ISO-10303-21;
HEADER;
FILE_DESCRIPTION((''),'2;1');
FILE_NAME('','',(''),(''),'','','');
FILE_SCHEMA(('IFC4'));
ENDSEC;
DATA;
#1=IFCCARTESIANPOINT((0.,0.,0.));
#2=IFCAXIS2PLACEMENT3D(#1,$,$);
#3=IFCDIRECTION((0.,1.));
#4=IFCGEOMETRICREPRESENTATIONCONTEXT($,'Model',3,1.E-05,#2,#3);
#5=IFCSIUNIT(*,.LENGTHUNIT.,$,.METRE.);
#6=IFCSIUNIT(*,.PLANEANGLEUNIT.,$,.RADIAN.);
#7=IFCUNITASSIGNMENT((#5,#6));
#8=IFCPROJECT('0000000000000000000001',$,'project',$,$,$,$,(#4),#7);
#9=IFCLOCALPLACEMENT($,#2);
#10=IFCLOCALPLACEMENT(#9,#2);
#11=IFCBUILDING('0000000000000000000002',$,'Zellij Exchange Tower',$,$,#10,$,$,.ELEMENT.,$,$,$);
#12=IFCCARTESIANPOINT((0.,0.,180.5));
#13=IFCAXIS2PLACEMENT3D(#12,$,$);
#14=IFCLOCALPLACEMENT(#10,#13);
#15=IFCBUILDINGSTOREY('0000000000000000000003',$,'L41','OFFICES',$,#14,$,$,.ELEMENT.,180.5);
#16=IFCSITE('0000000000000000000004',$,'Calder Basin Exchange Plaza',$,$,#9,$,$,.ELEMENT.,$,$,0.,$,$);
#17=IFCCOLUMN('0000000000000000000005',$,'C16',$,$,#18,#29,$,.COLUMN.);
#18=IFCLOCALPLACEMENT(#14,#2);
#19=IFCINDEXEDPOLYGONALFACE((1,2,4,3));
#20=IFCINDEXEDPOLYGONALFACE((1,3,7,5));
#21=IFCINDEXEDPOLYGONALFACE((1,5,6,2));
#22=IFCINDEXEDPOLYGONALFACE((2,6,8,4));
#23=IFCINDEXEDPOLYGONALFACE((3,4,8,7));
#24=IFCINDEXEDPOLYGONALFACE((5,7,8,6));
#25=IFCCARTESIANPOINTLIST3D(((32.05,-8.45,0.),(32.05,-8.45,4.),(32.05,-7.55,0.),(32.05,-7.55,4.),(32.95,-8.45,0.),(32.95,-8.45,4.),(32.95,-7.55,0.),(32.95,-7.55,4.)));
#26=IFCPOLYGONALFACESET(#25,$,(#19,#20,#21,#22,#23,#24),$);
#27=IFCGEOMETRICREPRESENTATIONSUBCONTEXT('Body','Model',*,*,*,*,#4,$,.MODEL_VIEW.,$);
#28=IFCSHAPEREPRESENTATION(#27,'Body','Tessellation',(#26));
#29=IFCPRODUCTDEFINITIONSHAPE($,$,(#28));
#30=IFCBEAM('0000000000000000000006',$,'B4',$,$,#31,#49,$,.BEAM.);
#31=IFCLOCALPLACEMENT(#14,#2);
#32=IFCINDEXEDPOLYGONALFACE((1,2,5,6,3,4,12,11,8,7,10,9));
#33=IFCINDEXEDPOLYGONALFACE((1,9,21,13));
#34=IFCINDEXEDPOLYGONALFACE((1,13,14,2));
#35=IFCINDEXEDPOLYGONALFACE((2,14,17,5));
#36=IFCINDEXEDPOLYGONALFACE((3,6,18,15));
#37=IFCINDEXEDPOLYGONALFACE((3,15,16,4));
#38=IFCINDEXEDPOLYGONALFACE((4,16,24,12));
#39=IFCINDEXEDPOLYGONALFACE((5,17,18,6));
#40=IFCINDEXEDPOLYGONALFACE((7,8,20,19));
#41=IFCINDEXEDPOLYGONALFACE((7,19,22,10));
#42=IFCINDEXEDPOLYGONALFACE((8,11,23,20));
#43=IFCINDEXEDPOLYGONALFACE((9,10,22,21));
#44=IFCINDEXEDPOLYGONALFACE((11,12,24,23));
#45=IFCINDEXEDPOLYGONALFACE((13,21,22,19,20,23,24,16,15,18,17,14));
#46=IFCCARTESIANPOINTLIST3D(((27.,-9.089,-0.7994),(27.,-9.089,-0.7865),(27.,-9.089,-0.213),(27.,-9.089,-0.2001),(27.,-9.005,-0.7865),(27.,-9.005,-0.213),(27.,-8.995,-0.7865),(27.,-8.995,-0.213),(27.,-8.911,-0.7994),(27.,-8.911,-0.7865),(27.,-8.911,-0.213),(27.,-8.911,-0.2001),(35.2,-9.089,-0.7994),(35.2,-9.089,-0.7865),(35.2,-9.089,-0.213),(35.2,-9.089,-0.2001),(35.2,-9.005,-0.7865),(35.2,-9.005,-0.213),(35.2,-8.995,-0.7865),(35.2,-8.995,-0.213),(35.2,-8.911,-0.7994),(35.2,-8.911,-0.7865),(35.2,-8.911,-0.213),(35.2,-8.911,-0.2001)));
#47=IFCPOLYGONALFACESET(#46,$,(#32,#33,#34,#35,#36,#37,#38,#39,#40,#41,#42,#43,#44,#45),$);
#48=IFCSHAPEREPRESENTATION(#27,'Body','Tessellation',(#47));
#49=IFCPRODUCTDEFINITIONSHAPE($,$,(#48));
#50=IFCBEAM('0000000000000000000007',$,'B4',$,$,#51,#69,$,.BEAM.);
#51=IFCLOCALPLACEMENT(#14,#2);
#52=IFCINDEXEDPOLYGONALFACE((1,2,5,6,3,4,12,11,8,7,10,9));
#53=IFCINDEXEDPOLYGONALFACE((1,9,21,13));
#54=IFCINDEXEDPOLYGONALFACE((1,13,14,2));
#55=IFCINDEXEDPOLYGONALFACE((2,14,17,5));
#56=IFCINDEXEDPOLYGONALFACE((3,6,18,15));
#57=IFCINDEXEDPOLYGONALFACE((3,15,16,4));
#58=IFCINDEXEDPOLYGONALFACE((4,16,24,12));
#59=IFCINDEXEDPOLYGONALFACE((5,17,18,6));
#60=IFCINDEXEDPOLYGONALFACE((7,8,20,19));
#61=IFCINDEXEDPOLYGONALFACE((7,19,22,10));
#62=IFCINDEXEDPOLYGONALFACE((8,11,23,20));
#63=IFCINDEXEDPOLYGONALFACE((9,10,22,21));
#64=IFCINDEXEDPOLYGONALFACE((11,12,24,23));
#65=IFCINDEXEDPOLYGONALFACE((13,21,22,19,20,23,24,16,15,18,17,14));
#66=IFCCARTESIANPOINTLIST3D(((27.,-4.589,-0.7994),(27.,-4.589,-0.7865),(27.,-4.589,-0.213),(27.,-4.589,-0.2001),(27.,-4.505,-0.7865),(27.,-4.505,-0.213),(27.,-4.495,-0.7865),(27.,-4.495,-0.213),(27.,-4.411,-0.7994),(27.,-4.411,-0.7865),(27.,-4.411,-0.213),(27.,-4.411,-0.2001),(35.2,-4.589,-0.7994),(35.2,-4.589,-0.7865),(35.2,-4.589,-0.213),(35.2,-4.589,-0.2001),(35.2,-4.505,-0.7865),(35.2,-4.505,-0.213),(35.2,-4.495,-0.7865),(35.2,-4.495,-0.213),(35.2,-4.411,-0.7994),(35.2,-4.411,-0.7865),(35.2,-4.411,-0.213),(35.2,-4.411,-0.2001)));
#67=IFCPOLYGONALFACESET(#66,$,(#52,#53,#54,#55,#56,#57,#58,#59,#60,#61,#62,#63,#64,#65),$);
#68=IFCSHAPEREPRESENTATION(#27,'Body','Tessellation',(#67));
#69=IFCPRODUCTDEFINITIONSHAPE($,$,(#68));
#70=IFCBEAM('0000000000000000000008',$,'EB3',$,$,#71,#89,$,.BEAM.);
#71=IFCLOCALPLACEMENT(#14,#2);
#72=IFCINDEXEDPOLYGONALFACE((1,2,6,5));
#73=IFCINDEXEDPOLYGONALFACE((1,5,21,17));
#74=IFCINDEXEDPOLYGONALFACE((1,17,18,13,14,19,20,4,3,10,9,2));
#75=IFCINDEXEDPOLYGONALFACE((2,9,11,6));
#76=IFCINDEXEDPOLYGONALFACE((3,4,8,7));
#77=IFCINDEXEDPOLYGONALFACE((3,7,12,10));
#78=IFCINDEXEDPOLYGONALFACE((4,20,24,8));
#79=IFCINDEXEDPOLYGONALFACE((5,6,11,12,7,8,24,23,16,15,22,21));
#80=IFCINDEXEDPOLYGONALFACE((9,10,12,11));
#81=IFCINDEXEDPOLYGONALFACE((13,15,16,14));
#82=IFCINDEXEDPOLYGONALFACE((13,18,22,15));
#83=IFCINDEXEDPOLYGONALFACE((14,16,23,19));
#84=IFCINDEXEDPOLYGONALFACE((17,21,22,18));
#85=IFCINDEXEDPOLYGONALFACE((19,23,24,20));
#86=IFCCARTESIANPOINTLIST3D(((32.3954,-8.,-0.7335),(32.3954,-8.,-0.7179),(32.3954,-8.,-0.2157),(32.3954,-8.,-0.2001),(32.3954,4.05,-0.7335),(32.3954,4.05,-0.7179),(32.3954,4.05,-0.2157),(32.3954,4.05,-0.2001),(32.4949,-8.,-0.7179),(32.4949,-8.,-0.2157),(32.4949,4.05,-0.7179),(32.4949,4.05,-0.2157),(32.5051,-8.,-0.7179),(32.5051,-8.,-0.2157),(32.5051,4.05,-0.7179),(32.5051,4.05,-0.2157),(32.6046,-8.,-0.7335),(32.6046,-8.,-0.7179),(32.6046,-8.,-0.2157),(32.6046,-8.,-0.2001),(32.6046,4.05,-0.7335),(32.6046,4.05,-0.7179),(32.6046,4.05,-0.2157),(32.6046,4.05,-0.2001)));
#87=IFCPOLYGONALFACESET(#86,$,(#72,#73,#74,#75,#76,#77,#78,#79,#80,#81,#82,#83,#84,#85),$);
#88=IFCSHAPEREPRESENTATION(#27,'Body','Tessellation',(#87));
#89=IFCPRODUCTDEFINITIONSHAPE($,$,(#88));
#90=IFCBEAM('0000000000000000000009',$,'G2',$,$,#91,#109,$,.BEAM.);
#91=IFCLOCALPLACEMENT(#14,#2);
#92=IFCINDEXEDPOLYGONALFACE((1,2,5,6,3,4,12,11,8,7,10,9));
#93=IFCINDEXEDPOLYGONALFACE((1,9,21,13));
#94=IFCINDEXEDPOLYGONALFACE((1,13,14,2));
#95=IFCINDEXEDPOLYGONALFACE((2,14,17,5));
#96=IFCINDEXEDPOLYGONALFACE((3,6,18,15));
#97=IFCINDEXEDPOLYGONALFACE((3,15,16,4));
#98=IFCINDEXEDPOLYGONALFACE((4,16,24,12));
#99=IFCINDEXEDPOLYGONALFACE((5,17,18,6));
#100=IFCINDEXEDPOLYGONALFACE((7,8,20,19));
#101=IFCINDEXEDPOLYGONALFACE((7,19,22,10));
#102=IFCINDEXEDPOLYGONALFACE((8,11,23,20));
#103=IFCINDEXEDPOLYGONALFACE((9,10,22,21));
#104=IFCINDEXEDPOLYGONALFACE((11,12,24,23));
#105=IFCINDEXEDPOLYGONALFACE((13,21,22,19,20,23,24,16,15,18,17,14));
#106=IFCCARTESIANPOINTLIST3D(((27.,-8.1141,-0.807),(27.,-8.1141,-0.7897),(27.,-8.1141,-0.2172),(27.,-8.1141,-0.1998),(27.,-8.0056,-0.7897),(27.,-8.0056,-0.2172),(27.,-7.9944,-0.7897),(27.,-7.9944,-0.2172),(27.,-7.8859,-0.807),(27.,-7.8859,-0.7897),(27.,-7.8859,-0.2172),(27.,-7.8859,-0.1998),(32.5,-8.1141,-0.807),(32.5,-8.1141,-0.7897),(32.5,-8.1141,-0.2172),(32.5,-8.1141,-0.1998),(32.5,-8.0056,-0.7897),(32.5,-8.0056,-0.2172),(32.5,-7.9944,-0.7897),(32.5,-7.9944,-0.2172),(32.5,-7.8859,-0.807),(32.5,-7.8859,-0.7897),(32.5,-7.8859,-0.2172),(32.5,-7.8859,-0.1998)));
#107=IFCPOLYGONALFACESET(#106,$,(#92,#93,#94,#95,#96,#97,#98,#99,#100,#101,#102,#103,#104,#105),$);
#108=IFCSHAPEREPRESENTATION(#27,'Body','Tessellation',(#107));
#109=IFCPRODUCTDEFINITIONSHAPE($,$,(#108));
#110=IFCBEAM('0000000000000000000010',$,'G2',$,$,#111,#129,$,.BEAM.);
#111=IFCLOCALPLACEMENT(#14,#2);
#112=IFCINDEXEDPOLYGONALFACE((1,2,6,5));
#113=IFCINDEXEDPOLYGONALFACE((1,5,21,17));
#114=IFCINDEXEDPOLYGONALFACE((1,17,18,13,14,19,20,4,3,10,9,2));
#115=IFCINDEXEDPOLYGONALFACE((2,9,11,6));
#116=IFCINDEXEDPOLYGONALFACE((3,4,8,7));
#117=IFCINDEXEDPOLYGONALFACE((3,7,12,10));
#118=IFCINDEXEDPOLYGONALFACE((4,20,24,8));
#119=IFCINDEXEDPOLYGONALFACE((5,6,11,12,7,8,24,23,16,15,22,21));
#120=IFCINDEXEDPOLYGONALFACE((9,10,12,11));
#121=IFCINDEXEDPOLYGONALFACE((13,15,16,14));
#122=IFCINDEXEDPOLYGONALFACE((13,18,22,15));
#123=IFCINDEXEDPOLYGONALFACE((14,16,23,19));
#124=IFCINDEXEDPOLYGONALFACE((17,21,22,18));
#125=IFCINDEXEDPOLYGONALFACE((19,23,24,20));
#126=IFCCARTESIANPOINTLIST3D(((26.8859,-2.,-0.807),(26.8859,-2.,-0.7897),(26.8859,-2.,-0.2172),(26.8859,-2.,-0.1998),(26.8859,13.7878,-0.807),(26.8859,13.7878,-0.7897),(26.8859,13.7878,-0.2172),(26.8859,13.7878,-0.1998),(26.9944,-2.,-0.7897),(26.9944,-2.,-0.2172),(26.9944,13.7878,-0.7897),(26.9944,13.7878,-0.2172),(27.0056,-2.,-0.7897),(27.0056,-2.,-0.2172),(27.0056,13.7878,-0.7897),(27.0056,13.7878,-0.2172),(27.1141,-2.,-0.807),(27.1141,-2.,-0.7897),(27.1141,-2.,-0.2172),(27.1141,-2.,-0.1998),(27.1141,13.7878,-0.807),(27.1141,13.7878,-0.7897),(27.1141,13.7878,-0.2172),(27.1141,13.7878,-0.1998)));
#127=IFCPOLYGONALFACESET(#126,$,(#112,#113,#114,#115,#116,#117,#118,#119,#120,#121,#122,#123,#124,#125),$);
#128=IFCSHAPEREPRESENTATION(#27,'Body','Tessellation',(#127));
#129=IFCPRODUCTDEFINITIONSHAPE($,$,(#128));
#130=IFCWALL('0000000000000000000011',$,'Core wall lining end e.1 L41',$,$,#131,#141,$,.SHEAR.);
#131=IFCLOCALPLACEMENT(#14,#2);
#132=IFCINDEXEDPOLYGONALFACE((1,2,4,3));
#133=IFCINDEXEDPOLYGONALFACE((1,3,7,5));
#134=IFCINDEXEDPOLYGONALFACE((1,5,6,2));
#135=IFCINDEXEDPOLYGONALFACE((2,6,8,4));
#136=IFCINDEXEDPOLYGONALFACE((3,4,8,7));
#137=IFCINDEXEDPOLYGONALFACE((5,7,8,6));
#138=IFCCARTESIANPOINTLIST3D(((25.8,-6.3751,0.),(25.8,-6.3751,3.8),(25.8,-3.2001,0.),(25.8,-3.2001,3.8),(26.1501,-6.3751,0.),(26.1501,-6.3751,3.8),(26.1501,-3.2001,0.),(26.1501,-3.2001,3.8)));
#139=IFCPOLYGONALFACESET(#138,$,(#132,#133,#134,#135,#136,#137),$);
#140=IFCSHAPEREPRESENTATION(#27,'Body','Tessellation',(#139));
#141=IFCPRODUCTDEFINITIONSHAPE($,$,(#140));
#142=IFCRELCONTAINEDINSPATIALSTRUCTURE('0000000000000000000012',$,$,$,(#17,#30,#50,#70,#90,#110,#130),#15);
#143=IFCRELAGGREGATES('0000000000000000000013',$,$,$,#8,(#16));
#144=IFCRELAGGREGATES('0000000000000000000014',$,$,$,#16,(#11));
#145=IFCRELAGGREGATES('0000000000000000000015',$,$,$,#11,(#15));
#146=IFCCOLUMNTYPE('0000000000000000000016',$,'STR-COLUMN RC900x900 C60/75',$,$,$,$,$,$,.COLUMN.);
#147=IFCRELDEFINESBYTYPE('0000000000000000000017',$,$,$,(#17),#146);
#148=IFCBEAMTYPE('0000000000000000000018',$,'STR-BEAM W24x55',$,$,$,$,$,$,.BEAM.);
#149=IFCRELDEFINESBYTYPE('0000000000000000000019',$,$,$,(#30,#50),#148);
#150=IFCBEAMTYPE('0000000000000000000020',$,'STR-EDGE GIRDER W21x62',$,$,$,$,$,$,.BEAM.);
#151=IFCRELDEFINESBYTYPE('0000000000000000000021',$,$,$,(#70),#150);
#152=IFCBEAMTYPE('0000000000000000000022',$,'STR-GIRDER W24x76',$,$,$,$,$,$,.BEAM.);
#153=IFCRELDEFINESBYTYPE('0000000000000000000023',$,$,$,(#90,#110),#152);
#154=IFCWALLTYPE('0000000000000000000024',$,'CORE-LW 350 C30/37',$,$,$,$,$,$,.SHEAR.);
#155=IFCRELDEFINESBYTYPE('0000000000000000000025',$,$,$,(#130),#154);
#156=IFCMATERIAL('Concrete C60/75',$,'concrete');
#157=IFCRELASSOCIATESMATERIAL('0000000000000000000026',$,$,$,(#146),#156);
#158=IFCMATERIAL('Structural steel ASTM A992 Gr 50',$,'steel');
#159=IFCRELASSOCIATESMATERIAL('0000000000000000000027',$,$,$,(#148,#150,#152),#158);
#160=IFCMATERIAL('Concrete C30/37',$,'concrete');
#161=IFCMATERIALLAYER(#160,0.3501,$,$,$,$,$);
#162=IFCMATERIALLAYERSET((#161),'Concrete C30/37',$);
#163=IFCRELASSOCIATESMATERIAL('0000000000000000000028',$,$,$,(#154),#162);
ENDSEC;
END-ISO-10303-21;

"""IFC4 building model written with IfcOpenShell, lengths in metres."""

from ifc_helpers import new_model, si_unit, direction, frame, frame_2d, origin, origin_2d, place, context, subcontext, project, spatial, rectangle, i_section, extrude, material, layer, layer_set, material_profile, profile_set, type_object, element, save


model = new_model("IFC4")

# Units and contexts
model_context = context("Model", 3, precision=1e-05, world=origin(), true_north=direction((0.0, 1.0)))
body_context = subcontext(model_context, "Body", "Model", "MODEL_VIEW")
ifc_project = project(units=[si_unit("LENGTHUNIT", "METRE"), si_unit("PLANEANGLEUNIT", "RADIAN")], contexts=[model_context])

# Site, building, storey
site_placement = place(None, origin())
site = spatial("IfcSite", under=ifc_project, at=site_placement, Name="Calder Basin Exchange Plaza", CompositionType="ELEMENT", RefElevation=0.0)
building_placement = place(site_placement, origin())
building = spatial("IfcBuilding", under=site, at=building_placement, Name="Zellij Exchange Tower", CompositionType="ELEMENT")
storey_placement = place(building_placement, frame((0.0, 0.0, 180.5)))
storey = spatial("IfcBuildingStorey", under=building, at=storey_placement, Name="L41", Description="OFFICES", CompositionType="ELEMENT", Elevation=180.5)

# Column
ifc_material_1 = material(Name="Concrete C60/75", Category="concrete")
ifc_material_profile_1 = material_profile(ifc_material_1, rectangle(XDim=0.8999, YDim=0.8999, at=origin_2d()), Name="STR-COLUMN RC900x900 C60/75")
ifc_profile_set_1 = profile_set([ifc_material_profile_1], Name="Concrete C60/75")
column_type = type_object("IfcColumnType", Name="STR-COLUMN RC900x900 C60/75", PredefinedType="COLUMN", material=ifc_profile_set_1)
column_placement = place(storey_placement, frame((32.5, -8.0, 0.0), z_axis=(0.0, 0.0, 1.0), x_axis=(1.0, 0.0, 0.0)))
element("IfcColumn", 1, at=column_placement, inside=storey, type_object=column_type, Name="C16", PredefinedType="COLUMN", context=body_context, shape_type="SweptSolid", body=[
    extrude(rectangle(XDim=0.8999, YDim=0.8999, at=origin_2d()), origin(), (0.0, 0.0, 1.0), 4.0),
])

# Beams
ifc_material_2 = material(Name="Structural steel ASTM A992 Gr 50", Category="steel")
ifc_material_profile_2 = material_profile(ifc_material_2, i_section(OverallWidth=0.178, OverallDepth=0.5994, WebThickness=0.01, FlangeThickness=0.0129, at=origin_2d()), Name="W24x55")
ifc_profile_set_2 = profile_set([ifc_material_profile_2], Name="Structural steel ASTM A992 Gr 50")
beam_type_1 = type_object("IfcBeamType", Name="STR-BEAM W24x55", PredefinedType="BEAM", material=ifc_profile_set_2)
for number, where, z_axis, x_axis, name in (
    (2, (27.0, -9.0, -0.4998), (1.0, 0.0, 0.0), (0.0, 1.0, 0.0), "B4"),
    (3, (27.0, -4.5, -0.4998), (1.0, 0.0, 0.0), (0.0, 1.0, 0.0), "B4"),
):
    element("IfcBeam", number, at=place(storey_placement, frame(where, z_axis=z_axis, x_axis=x_axis)), inside=storey, type_object=beam_type_1, Name=name, PredefinedType="BEAM", context=body_context, shape_type="SweptSolid", body=[
        extrude(i_section(OverallWidth=0.178, OverallDepth=0.5994, WebThickness=0.01, FlangeThickness=0.0129, at=origin_2d()), origin(), (0.0, 0.0, 1.0), 8.2),
    ])
ifc_material_profile_3 = material_profile(ifc_material_2, i_section(OverallWidth=0.2092, OverallDepth=0.5334, WebThickness=0.0103, FlangeThickness=0.0156, at=origin_2d()), Name="W21x62")
ifc_profile_set_3 = profile_set([ifc_material_profile_3], Name="Structural steel ASTM A992 Gr 50")
beam_type_2 = type_object("IfcBeamType", Name="STR-EDGE GIRDER W21x62", PredefinedType="BEAM", material=ifc_profile_set_3)
beam_1_placement = place(storey_placement, frame((32.5, -8.0, -0.4668), z_axis=(0.0, 1.0, 0.0), x_axis=(-1.0, 0.0, 0.0)))
element("IfcBeam", 4, at=beam_1_placement, inside=storey, type_object=beam_type_2, Name="EB3", PredefinedType="BEAM", context=body_context, shape_type="SweptSolid", body=[
    extrude(i_section(OverallWidth=0.2092, OverallDepth=0.5334, WebThickness=0.0103, FlangeThickness=0.0156, at=origin_2d()), origin(), (0.0, 0.0, 1.0), 12.05),
])
ifc_material_profile_4 = material_profile(ifc_material_2, i_section(OverallWidth=0.2283, OverallDepth=0.6072, WebThickness=0.0112, FlangeThickness=0.0173, at=origin_2d()), Name="W24x76")
ifc_profile_set_4 = profile_set([ifc_material_profile_4], Name="Structural steel ASTM A992 Gr 50")
beam_type_3 = type_object("IfcBeamType", Name="STR-GIRDER W24x76", PredefinedType="BEAM", material=ifc_profile_set_4)
beam_2_placement = place(storey_placement, frame((27.0, -8.0, -0.5034), z_axis=(1.0, 0.0, 0.0), x_axis=(0.0, 1.0, 0.0)))
element("IfcBeam", 5, at=beam_2_placement, inside=storey, type_object=beam_type_3, Name="G2", PredefinedType="BEAM", context=body_context, shape_type="SweptSolid", body=[
    extrude(i_section(OverallWidth=0.2283, OverallDepth=0.6072, WebThickness=0.0112, FlangeThickness=0.0173, at=origin_2d()), origin(), (0.0, 0.0, 1.0), 5.5),
])
beam_3_placement = place(storey_placement, frame((27.0, -2.0, -0.5034), z_axis=(0.0, 1.0, 0.0), x_axis=(-1.0, 0.0, 0.0)))
element("IfcBeam", 6, at=beam_3_placement, inside=storey, type_object=beam_type_3, Name="G2", PredefinedType="BEAM", context=body_context, shape_type="SweptSolid", body=[
    extrude(i_section(OverallWidth=0.2283, OverallDepth=0.6072, WebThickness=0.0112, FlangeThickness=0.0173, at=origin_2d()), origin(), (0.0, 0.0, 1.0), 15.7878),
])

# Wall
ifc_material_3 = material(Name="Concrete C30/37", Category="concrete")
ifc_layer_1 = layer(ifc_material_3, 0.3501)
ifc_layer_set_1 = layer_set([ifc_layer_1], Name="Concrete C30/37")
wall_type = type_object("IfcWallType", Name="CORE-LW 350 C30/37", PredefinedType="SHEAR", material=ifc_layer_set_1)
wall_placement = place(storey_placement, frame((25.9751, -6.375, 0.0), z_axis=(0.0, 0.0, 1.0), x_axis=(0.0, 1.0, 0.0)))
element("IfcWall", 7, at=wall_placement, inside=storey, type_object=wall_type, Name="Core wall lining end e.1 L41", PredefinedType="SHEAR", context=body_context, shape_type="SweptSolid", body=[
    extrude(rectangle(XDim=3.175, YDim=0.3501, at=frame_2d((1.5874, 0.0))), origin(), (0.0, 0.0, 1.0), 3.8),
])

save(model, "model.ifc")
